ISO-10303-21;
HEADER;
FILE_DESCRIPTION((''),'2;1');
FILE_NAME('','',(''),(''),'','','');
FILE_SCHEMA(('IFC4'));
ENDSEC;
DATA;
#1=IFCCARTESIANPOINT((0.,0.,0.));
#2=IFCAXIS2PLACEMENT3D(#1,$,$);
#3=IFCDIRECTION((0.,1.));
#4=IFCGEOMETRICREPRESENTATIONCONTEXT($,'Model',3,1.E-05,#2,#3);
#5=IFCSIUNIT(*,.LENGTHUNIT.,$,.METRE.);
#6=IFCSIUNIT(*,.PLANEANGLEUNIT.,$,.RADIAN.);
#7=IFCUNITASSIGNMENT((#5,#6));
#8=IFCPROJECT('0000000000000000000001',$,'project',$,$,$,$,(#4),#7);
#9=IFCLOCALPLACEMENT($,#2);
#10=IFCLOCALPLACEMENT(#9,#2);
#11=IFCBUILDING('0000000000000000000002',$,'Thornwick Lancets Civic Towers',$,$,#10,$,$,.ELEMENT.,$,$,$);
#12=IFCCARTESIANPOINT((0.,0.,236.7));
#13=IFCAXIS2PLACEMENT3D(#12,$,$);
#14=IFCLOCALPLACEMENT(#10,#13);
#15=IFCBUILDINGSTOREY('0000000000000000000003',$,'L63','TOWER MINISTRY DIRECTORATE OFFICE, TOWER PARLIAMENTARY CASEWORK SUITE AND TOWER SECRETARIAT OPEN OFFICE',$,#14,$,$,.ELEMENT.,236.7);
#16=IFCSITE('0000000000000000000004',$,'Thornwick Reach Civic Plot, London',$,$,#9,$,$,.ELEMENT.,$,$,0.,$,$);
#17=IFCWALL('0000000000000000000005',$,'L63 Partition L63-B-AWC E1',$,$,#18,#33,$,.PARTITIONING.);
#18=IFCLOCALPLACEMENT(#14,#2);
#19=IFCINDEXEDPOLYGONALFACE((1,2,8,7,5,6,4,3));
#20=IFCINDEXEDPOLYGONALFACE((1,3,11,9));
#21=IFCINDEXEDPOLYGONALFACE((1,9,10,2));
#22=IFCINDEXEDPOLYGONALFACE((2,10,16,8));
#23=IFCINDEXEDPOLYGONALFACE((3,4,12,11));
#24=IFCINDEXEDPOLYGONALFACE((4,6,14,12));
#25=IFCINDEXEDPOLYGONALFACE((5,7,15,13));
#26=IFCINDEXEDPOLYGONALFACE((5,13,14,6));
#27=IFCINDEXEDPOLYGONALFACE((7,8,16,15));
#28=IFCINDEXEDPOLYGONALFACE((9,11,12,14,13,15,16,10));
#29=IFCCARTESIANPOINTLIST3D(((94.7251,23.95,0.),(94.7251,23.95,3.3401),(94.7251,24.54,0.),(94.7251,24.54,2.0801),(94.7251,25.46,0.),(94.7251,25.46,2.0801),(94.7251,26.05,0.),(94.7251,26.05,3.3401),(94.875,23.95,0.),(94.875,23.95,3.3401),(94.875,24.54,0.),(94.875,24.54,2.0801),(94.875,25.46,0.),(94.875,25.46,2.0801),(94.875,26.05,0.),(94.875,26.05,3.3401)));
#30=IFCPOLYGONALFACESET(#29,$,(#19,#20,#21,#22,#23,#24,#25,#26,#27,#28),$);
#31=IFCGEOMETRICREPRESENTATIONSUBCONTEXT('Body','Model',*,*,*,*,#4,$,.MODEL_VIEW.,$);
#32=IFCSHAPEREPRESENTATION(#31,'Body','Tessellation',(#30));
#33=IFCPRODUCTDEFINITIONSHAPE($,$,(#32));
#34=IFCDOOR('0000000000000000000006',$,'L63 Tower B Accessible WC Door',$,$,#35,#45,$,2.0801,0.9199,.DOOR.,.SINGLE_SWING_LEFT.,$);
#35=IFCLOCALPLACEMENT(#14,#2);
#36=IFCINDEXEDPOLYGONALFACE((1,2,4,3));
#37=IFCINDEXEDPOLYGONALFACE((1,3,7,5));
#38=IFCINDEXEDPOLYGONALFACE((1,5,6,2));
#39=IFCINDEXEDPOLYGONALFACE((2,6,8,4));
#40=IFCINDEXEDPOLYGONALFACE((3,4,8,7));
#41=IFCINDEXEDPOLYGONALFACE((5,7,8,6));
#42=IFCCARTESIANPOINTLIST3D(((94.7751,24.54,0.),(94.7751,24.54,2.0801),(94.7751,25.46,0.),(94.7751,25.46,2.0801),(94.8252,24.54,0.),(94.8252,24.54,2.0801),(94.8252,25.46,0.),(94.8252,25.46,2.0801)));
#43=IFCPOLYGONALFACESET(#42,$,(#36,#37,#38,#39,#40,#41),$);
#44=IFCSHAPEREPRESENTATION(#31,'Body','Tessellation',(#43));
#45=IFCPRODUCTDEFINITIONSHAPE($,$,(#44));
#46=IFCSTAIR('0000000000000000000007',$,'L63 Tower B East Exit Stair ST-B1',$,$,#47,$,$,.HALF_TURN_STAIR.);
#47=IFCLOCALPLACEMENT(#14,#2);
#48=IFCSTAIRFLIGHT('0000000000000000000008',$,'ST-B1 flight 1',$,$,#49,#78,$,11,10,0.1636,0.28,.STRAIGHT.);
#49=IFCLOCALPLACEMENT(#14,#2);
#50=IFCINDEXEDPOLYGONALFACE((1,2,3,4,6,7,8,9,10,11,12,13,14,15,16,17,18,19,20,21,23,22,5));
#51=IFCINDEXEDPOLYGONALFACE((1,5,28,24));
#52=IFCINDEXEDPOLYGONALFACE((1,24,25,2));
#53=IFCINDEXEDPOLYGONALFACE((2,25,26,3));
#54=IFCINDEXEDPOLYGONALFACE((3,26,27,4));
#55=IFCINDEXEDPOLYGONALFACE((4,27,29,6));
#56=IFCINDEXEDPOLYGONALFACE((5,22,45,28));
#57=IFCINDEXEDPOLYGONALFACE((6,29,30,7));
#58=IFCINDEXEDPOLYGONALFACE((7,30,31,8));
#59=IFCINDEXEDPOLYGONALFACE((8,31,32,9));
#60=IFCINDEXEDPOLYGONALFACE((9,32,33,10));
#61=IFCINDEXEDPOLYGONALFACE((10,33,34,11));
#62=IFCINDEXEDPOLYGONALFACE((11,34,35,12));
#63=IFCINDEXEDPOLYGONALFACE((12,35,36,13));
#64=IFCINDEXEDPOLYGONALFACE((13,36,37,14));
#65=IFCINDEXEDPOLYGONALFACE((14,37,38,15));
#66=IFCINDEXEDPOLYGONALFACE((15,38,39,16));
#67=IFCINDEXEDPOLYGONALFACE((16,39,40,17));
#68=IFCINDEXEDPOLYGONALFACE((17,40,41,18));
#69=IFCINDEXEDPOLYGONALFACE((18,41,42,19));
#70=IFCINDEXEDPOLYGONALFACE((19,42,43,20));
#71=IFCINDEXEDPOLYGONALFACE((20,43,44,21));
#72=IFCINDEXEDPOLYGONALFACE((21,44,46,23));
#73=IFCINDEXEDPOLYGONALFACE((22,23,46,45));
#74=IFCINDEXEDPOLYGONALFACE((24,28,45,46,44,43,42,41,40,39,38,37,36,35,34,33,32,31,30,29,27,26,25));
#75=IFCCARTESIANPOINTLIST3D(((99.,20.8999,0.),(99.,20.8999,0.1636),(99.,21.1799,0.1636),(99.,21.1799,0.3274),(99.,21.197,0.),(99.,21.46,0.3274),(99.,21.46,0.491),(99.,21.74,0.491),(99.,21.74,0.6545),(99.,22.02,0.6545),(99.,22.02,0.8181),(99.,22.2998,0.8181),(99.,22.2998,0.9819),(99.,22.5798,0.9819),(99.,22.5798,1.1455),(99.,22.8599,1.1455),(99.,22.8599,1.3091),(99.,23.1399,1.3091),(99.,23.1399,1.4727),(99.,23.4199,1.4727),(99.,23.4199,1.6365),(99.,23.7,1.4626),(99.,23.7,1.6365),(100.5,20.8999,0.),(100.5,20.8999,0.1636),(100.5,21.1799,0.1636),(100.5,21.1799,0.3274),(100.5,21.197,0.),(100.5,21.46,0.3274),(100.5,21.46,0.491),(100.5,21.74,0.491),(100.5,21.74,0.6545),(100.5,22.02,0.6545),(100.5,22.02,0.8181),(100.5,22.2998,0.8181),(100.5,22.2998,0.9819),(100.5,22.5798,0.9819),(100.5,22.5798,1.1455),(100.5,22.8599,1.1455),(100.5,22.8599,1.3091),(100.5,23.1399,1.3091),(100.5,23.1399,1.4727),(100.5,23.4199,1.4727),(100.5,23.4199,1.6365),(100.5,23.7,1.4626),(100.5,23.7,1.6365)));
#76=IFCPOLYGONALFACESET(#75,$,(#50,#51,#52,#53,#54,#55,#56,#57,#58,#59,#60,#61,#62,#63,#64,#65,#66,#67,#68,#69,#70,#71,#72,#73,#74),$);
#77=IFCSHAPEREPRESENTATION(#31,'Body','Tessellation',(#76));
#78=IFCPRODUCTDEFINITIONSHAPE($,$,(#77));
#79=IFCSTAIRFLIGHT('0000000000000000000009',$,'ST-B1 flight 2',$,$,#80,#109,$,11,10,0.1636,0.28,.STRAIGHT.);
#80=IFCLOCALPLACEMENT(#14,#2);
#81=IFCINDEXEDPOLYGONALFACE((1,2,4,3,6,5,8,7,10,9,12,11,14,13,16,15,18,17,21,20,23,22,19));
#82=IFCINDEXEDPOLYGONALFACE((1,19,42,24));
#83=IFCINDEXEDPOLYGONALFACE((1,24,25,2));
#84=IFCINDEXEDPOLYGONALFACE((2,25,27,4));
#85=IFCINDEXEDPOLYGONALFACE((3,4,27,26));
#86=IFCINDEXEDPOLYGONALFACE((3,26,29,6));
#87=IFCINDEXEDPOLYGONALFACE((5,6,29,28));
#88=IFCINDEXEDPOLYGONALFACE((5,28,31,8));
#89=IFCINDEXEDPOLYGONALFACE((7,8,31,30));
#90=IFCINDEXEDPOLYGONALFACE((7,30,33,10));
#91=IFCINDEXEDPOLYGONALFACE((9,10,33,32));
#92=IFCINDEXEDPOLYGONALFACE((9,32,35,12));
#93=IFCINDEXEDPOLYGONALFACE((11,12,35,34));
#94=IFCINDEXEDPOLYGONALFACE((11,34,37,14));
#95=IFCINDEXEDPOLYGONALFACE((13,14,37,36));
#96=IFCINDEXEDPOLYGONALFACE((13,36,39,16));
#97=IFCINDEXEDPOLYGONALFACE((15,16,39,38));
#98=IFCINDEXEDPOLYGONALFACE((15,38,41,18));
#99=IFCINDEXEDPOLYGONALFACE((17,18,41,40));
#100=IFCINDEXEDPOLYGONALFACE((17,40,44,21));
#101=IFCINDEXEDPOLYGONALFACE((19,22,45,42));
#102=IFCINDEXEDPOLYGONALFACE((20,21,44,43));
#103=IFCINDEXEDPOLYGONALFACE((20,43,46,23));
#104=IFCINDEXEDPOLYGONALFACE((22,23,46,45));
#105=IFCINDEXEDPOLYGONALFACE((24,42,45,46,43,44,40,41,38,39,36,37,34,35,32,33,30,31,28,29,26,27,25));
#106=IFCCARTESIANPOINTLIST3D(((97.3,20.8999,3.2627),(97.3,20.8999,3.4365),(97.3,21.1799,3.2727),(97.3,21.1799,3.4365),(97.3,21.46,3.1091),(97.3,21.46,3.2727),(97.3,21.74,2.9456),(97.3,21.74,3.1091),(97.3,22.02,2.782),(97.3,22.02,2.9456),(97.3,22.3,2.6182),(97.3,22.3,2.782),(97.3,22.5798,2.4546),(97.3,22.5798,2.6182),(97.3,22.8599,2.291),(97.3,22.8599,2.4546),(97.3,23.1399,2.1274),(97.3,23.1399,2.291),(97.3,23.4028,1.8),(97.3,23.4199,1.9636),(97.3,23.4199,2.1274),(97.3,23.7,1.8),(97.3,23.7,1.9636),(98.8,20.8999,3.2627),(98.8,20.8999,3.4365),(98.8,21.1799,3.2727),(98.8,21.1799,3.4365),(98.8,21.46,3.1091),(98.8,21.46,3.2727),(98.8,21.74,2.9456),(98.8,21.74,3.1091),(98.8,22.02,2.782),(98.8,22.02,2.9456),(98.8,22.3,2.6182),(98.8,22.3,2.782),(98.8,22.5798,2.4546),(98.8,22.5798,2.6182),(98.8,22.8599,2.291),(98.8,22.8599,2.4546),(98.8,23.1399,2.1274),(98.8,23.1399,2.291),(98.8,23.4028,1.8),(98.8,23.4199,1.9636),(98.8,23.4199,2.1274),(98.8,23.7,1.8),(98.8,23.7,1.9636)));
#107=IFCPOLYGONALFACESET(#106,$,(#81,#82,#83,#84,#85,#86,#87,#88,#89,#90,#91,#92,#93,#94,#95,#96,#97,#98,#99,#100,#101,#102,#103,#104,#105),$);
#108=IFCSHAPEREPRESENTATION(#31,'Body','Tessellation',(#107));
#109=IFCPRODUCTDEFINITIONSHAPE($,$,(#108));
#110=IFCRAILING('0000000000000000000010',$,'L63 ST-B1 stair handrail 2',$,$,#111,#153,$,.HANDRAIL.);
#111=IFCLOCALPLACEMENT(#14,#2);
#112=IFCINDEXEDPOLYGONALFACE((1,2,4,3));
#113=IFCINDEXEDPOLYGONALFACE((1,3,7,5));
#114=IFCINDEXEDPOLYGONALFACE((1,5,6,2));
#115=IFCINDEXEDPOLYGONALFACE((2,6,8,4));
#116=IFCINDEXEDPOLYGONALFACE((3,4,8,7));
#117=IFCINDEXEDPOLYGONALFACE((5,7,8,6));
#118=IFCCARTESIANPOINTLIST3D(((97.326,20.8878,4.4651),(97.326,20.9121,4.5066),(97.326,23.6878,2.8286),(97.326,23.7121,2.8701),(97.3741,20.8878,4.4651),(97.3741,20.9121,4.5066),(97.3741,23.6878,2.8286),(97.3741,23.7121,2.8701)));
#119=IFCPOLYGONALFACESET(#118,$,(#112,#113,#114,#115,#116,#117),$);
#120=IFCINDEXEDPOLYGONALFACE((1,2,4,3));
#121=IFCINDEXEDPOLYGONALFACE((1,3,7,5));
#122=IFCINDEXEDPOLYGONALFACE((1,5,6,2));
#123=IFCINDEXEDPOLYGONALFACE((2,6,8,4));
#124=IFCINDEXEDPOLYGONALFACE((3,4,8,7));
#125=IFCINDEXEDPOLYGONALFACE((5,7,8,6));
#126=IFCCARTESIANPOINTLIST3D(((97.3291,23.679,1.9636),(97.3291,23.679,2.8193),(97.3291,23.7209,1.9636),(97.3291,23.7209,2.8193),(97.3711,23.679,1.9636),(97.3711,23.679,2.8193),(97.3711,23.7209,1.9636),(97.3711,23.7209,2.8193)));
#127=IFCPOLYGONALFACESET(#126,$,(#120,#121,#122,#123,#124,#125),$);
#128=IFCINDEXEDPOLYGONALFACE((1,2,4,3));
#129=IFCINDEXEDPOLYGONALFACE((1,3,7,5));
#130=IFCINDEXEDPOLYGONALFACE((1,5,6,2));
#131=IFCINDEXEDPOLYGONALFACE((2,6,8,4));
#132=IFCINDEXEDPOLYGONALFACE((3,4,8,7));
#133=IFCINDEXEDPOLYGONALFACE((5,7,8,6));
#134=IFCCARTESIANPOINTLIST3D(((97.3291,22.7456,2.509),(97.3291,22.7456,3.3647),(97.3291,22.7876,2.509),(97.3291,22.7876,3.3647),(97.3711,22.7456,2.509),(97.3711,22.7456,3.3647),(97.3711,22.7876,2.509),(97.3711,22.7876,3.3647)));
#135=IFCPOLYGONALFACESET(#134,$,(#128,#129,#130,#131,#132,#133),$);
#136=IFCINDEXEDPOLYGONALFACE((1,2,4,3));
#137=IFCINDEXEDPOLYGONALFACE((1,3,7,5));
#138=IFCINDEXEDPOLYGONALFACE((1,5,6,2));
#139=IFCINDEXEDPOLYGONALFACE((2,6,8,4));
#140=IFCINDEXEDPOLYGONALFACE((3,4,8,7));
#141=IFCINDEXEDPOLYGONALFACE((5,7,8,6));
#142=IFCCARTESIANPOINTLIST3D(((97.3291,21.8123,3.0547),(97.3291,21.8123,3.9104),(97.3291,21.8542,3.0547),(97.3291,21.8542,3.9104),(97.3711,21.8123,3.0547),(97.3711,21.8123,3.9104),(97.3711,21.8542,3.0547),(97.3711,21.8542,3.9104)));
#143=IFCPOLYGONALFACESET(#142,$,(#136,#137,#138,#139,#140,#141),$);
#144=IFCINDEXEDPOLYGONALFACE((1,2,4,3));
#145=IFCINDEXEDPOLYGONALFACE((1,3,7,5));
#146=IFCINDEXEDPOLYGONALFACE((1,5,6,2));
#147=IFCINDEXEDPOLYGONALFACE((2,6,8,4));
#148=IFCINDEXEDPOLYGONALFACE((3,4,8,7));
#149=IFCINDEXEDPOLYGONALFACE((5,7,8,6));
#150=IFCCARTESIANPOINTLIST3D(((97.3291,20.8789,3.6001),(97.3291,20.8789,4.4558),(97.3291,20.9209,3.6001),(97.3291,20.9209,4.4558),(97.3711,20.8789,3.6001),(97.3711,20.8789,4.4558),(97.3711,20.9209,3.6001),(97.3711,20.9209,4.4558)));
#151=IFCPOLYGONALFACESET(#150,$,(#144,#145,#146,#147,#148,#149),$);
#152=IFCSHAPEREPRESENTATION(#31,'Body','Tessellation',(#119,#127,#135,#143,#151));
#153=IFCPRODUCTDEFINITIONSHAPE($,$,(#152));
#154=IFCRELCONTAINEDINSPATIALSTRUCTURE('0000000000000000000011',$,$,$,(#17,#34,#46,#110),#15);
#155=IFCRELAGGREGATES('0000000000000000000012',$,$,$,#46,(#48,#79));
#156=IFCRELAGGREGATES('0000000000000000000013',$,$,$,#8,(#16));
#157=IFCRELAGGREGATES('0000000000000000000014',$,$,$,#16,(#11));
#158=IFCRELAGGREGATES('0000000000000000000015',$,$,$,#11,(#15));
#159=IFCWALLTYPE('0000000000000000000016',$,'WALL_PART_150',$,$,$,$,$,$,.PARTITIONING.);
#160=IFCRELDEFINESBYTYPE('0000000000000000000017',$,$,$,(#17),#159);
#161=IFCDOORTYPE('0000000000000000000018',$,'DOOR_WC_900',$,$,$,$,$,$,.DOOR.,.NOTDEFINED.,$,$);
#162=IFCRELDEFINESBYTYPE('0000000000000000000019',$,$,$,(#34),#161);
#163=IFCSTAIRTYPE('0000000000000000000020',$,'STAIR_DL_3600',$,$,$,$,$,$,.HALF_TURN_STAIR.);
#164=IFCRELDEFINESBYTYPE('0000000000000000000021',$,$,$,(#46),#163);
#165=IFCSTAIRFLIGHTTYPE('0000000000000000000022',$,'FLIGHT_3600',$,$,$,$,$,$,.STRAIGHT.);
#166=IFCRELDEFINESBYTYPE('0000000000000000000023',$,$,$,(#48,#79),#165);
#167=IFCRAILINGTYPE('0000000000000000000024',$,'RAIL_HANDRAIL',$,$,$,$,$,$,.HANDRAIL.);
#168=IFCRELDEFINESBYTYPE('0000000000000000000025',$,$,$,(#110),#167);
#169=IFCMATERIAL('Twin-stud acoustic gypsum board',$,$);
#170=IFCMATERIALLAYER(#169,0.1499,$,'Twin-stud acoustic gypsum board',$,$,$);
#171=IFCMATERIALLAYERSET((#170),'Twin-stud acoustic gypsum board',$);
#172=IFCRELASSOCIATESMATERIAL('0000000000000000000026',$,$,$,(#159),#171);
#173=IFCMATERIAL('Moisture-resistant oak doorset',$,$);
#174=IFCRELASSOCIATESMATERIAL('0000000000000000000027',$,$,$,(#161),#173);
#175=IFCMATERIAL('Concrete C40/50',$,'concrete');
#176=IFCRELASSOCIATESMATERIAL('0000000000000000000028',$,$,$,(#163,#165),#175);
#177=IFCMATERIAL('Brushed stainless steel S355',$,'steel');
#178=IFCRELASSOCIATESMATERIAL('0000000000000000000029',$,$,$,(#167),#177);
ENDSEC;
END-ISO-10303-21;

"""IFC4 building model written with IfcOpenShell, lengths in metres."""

from ifc_helpers import new_model, si_unit, direction, frame, frame_2d, origin, origin_2d, place, context, subcontext, project, spatial, polyline, rectangle, outline, extrude, material, layer, layer_set, type_object, element, fill, aggregate, save


model = new_model("IFC4")

# Units and contexts
model_context = context("Model", 3, precision=1e-05, world=origin(), true_north=direction((0.0, 1.0)))
body_context = subcontext(model_context, "Body", "Model", "MODEL_VIEW")
ifc_project = project(units=[si_unit("LENGTHUNIT", "METRE"), si_unit("PLANEANGLEUNIT", "RADIAN")], contexts=[model_context])

# Site, building, storey
site_placement = place(None, origin())
site = spatial("IfcSite", under=ifc_project, at=site_placement, Name="Thornwick Reach Civic Plot, London", CompositionType="ELEMENT", RefElevation=0.0)
building_placement = place(site_placement, origin())
building = spatial("IfcBuilding", under=site, at=building_placement, Name="Thornwick Lancets Civic Towers", CompositionType="ELEMENT")
storey_placement = place(building_placement, frame((0.0, 0.0, 236.7)))
storey = spatial("IfcBuildingStorey", under=building, at=storey_placement, Name="L63", Description="TOWER MINISTRY DIRECTORATE OFFICE, TOWER PARLIAMENTARY CASEWORK SUITE AND TOWER SECRETARIAT OPEN OFFICE", CompositionType="ELEMENT", Elevation=236.7)

# Shared definitions
ifc_material_1 = material(Name="Twin-stud acoustic gypsum board")
ifc_layer_1 = layer(ifc_material_1, 0.1499, Name="Twin-stud acoustic gypsum board")
ifc_layer_set_1 = layer_set([ifc_layer_1], Name="Twin-stud acoustic gypsum board")
wall_type_1 = type_object("IfcWallType", Name="WALL_PART_150", PredefinedType="PARTITIONING", material=ifc_layer_set_1)

# Wall, opening, door
ifc_material_2 = material(Name="Moisture-resistant oak doorset")
door_type_1 = type_object("IfcDoorType", Name="DOOR_WC_900", OperationType="NOTDEFINED", PredefinedType="DOOR", material=ifc_material_2)
wall_1_placement = place(storey_placement, frame((94.8, 23.95, 0.0), z_axis=(0.0, 0.0, 1.0), x_axis=(0.0, 1.0, 0.0)))
wall_1 = element("IfcWall", 1, at=wall_1_placement, inside=storey, type_object=wall_type_1, Name="L63 Partition L63-B-AWC E1", PredefinedType="PARTITIONING", context=body_context, shape_type="SweptSolid", body=[
    extrude(rectangle(XDim=2.1001, YDim=0.1499, at=frame_2d((1.05, 0.0))), origin(), (0.0, 0.0, 1.0), 3.3401),
])
opening_1_placement = place(wall_1_placement, frame((0.5901, 0.0, 0.0)))
opening_1 = element("IfcOpeningElement", 2, at=opening_1_placement, cuts=wall_1, PredefinedType="OPENING", context=body_context, shape_type="SweptSolid", body=[
    extrude(rectangle(XDim=0.9199, YDim=2.0801, at=frame_2d((0.46, 1.04))), frame((0.0, 0.085, 0.0), z_axis=(0.0, -1.0, 0.0), x_axis=(1.0, 0.0, 0.0)), (0.0, 0.0, 1.0), 0.1699),
])
door_1_placement = place(opening_1_placement, origin())
door_1 = element("IfcDoor", 3, at=door_1_placement, inside=storey, type_object=door_type_1, Name="L63 Tower B Accessible WC Door", OperationType="SINGLE_SWING_LEFT", OverallHeight=2.0801, OverallWidth=0.9199, PredefinedType="DOOR", context=body_context, shape_type="SweptSolid", body=[
    extrude(rectangle(XDim=0.9199, YDim=2.0801, at=frame_2d((0.46, 1.04))), frame((0.0, 0.0249, 0.0), z_axis=(0.0, -1.0, 0.0), x_axis=(1.0, 0.0, 0.0)), (0.0, 0.0, 1.0), 0.05),
])
fill(opening_1, door_1)

# Stair, stair flights
ifc_material_3 = material(Name="Concrete C40/50", Category="concrete")
stair_type = type_object("IfcStairType", Name="STAIR_DL_3600", PredefinedType="HALF_TURN_STAIR", material=ifc_material_3)
stair_placement = place(storey_placement, origin())
stair = element("IfcStair", 4, at=stair_placement, inside=storey, type_object=stair_type, Name="L63 Tower B East Exit Stair ST-B1", PredefinedType="HALF_TURN_STAIR")
stair_flight_type = type_object("IfcStairFlightType", Name="FLIGHT_3600", PredefinedType="STRAIGHT", material=ifc_material_3)
stair_flight_1_placement = place(storey_placement, frame((99.75, 20.8999, 0.0), z_axis=(0.0, 0.0, 1.0), x_axis=(0.0, 1.0, 0.0)))
stair_flight_1 = element("IfcStairFlight", 5, at=stair_flight_1_placement, type_object=stair_flight_type, Name="ST-B1 flight 1", NumberOfRisers=11, NumberOfTreads=10, PredefinedType="STRAIGHT", RiserHeight=0.1636, TreadLength=0.28, context=body_context, shape_type="SweptSolid", body=[
    extrude(outline(polyline([(0.0, 0.0), (0.0, 0.1636), (0.28, 0.1636), (0.28, 0.3274), (0.5601, 0.3274), (0.5601, 0.491), (0.8401, 0.491), (0.8401, 0.6545), (1.1201, 0.6545), (1.1201, 0.8181), (1.3999, 0.8181), (1.3999, 0.9819), (1.6799, 0.9819), (1.6799, 1.1455), (1.96, 1.1455), (1.96, 1.3091), (2.24, 1.3091), (2.24, 1.4727), (2.52, 1.4727), (2.52, 1.6365), (2.8, 1.6365), (2.8, 1.8), (2.8, 1.4626), (0.2971, 0.0), (0.0, 0.0)])), frame((0.0, 0.75, 0.0), z_axis=(0.0, -1.0, 0.0), x_axis=(1.0, 0.0, 0.0)), (0.0, 0.0, 1.0), 1.5),
])
stair_flight_2_placement = place(storey_placement, frame((98.05, 23.7, 1.8), z_axis=(0.0, 0.0, 1.0), x_axis=(0.0, -1.0, 0.0)))
stair_flight_2 = element("IfcStairFlight", 6, at=stair_flight_2_placement, type_object=stair_flight_type, Name="ST-B1 flight 2", NumberOfRisers=11, NumberOfTreads=10, PredefinedType="STRAIGHT", RiserHeight=0.1636, TreadLength=0.28, context=body_context, shape_type="SweptSolid", body=[
    extrude(outline(polyline([(0.0, 0.0), (0.0, 0.1636), (0.28, 0.1636), (0.28, 0.3274), (0.5601, 0.3274), (0.5601, 0.491), (0.8401, 0.491), (0.8401, 0.6545), (1.1201, 0.6545), (1.1201, 0.8181), (1.3999, 0.8181), (1.3999, 0.9819), (1.6799, 0.9819), (1.6799, 1.1455), (1.96, 1.1455), (1.96, 1.3091), (2.24, 1.3091), (2.24, 1.4727), (2.52, 1.4727), (2.52, 1.6365), (2.8, 1.6365), (2.8, 1.8), (2.8, 1.4626), (0.2971, 0.0), (0.0, 0.0)])), frame((0.0, 0.75, 0.0), z_axis=(0.0, -1.0, 0.0), x_axis=(1.0, 0.0, 0.0)), (0.0, 0.0, 1.0), 1.5),
])
aggregate(stair, [stair_flight_1, stair_flight_2])

# Railing
ifc_material_4 = material(Name="Brushed stainless steel S355", Category="steel")
railing_type_1 = type_object("IfcRailingType", Name="RAIL_HANDRAIL", PredefinedType="HANDRAIL", material=ifc_material_4)
railing_1_placement = place(storey_placement, frame((97.3501, 23.7, 1.9636)))
element("IfcRailing", 7, at=railing_1_placement, inside=storey, type_object=railing_type_1, Name="L63 ST-B1 stair handrail 2", PredefinedType="HANDRAIL", context=body_context, shape_type="SweptSolid", body=[
    extrude(rectangle(XDim=0.0481, YDim=0.0481, at=origin_2d()), frame((0.0, 0.0, 0.8857), z_axis=(0.0, -0.863361, 0.504587), x_axis=(1.0, 0.0, 0.0)), (0.0, 0.0, 1.0), 3.2432),
    extrude(rectangle(XDim=0.042, YDim=0.042, at=origin_2d()), origin(), (0.0, 0.0, 1.0), 0.8557),
    extrude(rectangle(XDim=0.042, YDim=0.042, at=origin_2d()), frame((0.0, -0.9333, 0.5454)), (0.0, 0.0, 1.0), 0.8557),
    extrude(rectangle(XDim=0.042, YDim=0.042, at=origin_2d()), frame((0.0, -1.8667, 1.0911)), (0.0, 0.0, 1.0), 0.8557),
    extrude(rectangle(XDim=0.042, YDim=0.042, at=origin_2d()), frame((0.0, -2.8, 1.6365)), (0.0, 0.0, 1.0), 0.8557),
])

save(model, "model.ifc")
